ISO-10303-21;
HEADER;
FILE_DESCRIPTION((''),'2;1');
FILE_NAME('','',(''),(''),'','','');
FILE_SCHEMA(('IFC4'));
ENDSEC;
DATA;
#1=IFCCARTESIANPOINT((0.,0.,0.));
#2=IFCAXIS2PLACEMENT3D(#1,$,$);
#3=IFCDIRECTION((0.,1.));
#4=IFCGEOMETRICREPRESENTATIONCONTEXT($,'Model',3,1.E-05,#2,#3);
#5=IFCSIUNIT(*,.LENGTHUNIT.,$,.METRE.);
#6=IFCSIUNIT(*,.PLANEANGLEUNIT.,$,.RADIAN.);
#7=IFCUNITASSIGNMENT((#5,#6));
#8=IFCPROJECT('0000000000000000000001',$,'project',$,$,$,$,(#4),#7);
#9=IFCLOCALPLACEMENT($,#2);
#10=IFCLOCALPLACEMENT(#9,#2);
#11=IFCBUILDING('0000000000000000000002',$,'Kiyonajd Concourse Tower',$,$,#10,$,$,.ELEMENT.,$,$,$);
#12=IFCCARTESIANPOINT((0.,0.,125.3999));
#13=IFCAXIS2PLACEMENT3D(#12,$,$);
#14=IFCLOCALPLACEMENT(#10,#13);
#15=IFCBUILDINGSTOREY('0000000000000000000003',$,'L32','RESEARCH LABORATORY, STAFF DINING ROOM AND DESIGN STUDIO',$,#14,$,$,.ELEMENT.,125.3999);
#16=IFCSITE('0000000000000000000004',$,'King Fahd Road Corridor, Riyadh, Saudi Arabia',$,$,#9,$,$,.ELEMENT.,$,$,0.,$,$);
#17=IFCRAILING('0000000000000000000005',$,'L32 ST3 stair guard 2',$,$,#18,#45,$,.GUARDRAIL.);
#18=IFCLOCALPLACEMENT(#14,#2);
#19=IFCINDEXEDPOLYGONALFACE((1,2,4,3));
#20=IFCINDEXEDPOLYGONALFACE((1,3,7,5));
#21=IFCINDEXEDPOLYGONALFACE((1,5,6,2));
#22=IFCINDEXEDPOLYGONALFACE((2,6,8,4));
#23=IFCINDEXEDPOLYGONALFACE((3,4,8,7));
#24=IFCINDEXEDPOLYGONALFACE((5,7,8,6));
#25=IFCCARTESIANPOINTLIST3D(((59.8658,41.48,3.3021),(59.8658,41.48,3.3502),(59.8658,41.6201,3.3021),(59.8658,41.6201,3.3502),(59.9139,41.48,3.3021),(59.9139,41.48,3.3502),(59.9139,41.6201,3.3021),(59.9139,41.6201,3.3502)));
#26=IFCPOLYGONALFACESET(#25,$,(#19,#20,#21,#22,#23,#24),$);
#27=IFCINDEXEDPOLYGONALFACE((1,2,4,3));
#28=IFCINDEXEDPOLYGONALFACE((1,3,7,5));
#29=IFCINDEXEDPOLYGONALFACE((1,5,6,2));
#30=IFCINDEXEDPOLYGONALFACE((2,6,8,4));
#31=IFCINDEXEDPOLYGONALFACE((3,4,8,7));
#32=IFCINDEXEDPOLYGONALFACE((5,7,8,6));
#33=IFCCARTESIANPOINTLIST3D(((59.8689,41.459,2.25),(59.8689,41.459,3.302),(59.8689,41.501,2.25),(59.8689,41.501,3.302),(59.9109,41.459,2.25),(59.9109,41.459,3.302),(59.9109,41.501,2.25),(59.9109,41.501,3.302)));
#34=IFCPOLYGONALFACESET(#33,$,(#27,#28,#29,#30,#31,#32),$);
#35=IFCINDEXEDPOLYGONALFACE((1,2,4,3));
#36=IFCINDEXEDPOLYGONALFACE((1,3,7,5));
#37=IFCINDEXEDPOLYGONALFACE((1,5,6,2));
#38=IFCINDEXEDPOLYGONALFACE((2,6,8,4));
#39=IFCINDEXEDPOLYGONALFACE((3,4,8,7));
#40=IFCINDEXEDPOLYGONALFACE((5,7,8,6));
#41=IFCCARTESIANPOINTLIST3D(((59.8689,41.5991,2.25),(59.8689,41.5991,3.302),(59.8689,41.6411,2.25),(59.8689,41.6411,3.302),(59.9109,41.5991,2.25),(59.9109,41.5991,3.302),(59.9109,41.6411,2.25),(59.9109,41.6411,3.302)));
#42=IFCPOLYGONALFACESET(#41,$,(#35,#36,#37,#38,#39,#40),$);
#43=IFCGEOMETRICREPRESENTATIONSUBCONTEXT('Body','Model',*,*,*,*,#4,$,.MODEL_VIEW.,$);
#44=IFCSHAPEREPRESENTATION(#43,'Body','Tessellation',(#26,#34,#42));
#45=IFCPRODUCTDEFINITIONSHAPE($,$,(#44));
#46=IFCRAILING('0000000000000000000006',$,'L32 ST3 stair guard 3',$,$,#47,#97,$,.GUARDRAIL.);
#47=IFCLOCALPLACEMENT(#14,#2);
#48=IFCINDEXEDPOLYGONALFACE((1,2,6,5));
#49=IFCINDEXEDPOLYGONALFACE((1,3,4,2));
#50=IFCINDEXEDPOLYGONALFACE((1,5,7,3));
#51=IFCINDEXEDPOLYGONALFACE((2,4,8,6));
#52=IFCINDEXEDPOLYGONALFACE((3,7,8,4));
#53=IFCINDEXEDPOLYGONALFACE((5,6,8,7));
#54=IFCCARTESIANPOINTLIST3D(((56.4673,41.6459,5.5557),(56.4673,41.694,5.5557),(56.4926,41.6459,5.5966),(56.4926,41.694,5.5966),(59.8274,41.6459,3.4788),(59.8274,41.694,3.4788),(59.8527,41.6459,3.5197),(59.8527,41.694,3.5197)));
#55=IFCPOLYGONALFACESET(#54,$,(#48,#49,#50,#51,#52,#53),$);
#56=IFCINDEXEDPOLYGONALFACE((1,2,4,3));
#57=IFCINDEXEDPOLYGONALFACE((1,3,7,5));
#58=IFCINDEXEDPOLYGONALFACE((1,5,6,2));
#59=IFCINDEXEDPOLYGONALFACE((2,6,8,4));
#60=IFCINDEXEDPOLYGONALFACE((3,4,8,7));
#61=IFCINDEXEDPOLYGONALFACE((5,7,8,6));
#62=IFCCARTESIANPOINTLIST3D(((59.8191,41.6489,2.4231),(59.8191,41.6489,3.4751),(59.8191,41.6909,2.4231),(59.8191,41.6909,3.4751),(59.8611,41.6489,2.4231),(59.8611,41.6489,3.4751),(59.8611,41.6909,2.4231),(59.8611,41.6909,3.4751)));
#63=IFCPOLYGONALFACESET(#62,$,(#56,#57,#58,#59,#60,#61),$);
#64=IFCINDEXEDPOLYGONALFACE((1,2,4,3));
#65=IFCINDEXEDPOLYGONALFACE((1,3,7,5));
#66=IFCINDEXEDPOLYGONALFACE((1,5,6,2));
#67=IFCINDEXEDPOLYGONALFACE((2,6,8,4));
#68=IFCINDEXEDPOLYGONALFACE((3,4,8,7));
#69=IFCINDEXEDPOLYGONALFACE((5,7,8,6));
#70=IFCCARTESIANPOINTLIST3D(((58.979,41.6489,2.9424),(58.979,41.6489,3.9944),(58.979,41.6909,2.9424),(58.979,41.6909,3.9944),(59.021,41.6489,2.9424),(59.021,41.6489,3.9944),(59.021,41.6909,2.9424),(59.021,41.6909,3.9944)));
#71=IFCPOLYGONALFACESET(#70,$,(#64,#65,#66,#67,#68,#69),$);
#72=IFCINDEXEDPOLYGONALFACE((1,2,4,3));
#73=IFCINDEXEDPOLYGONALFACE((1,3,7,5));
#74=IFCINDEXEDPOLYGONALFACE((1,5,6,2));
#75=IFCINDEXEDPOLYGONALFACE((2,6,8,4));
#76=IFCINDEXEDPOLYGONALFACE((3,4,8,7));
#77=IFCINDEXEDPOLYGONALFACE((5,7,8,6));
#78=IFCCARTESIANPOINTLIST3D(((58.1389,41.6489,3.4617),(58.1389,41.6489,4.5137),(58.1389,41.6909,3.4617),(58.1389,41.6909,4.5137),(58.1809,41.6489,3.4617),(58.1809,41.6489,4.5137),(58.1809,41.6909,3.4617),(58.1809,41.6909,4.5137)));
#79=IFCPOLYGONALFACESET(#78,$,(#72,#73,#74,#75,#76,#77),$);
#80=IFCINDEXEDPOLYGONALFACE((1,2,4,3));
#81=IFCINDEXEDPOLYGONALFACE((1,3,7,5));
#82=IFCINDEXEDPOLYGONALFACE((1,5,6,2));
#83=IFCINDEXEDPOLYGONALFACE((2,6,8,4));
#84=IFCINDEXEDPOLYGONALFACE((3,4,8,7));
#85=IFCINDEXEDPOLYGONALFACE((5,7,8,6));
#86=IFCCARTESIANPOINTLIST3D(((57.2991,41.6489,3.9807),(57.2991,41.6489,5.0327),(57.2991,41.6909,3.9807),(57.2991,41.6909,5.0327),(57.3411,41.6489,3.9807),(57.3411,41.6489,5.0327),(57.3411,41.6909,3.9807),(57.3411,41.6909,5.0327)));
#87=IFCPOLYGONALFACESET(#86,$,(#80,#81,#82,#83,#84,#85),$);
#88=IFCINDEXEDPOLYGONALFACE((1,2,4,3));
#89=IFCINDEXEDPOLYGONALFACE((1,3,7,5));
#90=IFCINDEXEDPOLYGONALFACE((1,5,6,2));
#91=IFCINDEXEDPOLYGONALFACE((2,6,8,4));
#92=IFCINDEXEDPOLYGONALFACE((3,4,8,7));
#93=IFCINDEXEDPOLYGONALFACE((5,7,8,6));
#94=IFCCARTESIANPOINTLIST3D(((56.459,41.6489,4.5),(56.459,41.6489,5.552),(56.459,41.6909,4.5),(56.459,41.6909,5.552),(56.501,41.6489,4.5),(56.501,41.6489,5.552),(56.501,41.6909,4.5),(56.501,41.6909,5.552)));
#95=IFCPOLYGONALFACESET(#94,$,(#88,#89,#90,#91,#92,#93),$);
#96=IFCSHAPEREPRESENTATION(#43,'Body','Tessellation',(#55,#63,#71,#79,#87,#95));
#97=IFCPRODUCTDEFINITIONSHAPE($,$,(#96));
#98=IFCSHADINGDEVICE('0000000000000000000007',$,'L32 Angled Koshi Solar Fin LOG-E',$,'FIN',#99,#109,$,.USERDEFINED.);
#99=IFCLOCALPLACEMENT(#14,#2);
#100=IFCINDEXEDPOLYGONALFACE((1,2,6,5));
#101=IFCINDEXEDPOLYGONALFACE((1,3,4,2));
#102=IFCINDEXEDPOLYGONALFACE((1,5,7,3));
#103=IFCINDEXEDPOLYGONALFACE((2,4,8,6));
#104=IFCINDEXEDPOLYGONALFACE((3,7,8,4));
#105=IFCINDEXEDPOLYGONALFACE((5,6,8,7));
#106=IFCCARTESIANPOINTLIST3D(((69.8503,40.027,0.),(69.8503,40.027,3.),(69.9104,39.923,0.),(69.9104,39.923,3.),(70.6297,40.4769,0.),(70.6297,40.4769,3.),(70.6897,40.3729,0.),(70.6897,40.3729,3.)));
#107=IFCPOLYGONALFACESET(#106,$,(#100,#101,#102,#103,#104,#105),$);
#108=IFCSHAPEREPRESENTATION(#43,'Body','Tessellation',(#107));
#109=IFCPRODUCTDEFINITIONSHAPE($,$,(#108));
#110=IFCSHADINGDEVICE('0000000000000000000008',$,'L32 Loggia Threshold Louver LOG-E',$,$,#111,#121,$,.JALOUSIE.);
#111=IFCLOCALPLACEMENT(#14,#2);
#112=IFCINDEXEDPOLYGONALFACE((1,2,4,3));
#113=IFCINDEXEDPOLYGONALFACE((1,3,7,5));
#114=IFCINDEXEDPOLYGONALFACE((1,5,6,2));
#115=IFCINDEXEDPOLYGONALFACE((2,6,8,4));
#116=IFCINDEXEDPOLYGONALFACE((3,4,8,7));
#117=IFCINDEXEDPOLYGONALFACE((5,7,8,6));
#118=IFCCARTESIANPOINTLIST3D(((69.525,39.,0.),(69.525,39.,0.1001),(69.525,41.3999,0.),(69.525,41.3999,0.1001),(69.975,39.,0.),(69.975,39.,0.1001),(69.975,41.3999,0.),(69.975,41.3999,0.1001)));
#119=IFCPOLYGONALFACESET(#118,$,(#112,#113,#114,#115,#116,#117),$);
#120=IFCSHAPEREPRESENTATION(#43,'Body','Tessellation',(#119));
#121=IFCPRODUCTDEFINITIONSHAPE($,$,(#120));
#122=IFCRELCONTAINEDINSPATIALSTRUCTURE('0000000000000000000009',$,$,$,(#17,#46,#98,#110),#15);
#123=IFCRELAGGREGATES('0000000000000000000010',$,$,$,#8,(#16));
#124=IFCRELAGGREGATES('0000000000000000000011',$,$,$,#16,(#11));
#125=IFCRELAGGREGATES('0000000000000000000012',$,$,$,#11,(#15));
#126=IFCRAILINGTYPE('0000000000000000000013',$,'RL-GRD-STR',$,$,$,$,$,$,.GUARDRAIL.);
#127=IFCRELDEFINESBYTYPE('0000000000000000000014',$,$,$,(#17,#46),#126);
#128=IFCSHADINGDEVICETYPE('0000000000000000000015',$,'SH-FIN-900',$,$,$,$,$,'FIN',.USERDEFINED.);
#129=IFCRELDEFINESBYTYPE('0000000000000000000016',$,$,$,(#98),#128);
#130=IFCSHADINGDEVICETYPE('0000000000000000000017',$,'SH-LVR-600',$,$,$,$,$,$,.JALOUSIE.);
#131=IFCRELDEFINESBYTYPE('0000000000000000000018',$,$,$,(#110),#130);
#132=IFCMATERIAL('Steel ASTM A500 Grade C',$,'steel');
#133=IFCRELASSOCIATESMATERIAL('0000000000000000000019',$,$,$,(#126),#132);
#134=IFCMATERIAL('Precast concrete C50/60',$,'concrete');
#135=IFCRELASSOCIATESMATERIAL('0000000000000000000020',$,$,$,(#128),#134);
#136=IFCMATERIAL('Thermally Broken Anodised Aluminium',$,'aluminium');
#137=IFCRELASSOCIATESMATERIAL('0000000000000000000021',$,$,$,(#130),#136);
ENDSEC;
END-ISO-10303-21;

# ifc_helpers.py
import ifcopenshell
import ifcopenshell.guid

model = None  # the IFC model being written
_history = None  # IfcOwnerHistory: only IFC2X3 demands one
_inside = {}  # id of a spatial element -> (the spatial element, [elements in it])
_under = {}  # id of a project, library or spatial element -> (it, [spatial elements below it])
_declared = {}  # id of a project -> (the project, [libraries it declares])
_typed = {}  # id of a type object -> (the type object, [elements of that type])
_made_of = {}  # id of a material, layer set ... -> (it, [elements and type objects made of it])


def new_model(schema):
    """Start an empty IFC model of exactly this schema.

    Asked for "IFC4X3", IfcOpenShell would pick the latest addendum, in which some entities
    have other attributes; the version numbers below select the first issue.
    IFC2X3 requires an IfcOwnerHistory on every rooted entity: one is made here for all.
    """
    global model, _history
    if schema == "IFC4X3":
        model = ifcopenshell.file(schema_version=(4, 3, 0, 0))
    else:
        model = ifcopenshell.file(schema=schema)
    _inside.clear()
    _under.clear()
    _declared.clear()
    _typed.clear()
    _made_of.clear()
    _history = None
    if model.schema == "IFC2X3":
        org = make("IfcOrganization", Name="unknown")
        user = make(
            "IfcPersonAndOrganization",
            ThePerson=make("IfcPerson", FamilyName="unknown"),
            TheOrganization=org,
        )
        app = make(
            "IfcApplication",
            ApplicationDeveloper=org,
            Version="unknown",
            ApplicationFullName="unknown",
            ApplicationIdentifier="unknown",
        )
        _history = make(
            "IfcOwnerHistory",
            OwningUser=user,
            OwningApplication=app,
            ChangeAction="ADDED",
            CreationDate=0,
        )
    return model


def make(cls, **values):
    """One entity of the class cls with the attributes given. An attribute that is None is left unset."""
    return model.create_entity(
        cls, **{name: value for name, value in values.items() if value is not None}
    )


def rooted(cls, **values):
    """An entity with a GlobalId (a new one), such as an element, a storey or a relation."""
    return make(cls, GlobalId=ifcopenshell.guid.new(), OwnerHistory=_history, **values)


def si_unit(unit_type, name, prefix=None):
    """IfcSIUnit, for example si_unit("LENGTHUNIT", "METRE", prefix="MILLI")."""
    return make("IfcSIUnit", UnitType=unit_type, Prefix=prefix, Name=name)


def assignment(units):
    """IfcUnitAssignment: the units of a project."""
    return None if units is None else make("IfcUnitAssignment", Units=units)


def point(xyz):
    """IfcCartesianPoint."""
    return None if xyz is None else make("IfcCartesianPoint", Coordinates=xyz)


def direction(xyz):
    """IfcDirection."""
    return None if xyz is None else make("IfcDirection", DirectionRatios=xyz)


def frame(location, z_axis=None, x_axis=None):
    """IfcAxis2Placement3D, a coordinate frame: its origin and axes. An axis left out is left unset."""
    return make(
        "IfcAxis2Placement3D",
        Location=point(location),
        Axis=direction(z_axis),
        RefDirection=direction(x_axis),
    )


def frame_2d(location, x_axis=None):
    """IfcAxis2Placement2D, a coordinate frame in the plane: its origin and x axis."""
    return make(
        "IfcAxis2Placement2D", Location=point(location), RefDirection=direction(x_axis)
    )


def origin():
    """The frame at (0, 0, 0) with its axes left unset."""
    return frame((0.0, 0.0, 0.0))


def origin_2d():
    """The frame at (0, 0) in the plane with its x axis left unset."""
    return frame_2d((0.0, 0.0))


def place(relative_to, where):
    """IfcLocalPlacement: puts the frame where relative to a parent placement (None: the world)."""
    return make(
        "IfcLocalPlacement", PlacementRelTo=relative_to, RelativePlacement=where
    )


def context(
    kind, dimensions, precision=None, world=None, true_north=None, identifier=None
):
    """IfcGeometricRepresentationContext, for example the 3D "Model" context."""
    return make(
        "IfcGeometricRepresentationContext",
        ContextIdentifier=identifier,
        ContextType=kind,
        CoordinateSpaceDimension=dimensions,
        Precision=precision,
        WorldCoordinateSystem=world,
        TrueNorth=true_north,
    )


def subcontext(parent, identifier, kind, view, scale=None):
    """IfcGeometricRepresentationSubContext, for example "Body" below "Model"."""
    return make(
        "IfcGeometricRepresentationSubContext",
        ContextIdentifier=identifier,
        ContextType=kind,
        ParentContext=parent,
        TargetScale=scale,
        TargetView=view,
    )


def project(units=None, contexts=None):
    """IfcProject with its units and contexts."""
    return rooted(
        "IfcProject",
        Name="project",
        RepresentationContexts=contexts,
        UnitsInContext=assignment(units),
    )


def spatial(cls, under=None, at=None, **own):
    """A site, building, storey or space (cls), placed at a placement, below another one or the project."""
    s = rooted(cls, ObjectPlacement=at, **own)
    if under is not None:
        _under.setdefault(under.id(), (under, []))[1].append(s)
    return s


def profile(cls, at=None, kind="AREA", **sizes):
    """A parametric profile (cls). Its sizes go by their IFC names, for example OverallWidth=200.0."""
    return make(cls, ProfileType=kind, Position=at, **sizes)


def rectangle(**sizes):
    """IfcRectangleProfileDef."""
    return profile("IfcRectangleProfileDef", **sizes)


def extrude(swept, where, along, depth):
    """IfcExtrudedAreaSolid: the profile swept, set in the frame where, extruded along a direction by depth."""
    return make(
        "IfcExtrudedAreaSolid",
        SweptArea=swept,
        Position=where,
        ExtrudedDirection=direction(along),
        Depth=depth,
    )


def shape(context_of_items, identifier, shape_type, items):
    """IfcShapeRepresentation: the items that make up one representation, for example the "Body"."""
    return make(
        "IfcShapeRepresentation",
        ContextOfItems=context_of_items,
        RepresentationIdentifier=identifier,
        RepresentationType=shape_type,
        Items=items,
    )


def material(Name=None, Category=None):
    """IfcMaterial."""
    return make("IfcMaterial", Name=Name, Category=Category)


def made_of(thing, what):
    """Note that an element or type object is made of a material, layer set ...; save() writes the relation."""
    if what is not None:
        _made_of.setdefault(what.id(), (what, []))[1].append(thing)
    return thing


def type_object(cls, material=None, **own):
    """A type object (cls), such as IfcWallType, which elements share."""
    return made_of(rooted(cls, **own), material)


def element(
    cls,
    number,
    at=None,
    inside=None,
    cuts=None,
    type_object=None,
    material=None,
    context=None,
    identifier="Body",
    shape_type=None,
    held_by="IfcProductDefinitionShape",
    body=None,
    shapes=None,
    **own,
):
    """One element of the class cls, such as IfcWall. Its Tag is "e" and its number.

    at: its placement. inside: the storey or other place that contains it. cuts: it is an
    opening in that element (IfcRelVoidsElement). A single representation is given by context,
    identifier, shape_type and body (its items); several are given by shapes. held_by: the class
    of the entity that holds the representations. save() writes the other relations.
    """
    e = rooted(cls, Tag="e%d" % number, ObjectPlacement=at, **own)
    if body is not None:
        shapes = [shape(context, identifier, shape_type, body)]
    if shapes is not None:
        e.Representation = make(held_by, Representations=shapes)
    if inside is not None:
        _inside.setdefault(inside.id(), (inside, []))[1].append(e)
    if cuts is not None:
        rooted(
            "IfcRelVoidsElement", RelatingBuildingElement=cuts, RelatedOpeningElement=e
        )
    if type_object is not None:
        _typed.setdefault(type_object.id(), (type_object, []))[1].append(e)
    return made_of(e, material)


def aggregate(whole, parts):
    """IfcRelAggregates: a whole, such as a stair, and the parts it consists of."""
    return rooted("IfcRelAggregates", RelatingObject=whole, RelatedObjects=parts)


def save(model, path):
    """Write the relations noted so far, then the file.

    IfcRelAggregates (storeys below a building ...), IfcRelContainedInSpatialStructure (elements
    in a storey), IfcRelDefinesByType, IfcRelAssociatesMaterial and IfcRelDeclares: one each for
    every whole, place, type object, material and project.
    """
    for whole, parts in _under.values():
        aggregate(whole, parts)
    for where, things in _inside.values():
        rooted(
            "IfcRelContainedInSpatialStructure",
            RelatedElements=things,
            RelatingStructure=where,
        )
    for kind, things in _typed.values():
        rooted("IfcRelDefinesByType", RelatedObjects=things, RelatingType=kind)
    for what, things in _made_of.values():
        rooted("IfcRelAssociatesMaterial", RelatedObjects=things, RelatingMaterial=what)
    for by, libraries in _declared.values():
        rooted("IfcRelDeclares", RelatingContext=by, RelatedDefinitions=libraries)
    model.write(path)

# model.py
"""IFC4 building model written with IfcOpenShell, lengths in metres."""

from ifc_helpers import new_model, si_unit, direction, frame, origin, origin_2d, place, context, subcontext, project, spatial, rectangle, extrude, material, type_object, element, save


model = new_model("IFC4")

# Units and contexts
model_context = context("Model", 3, precision=1e-05, world=origin(), true_north=direction((0.0, 1.0)))
body_context = subcontext(model_context, "Body", "Model", "MODEL_VIEW")
ifc_project = project(units=[si_unit("LENGTHUNIT", "METRE"), si_unit("PLANEANGLEUNIT", "RADIAN")], contexts=[model_context])

# Site, building, storey
site_placement = place(None, origin())
site = spatial("IfcSite", under=ifc_project, at=site_placement, Name="King Fahd Road Corridor, Riyadh, Saudi Arabia", CompositionType="ELEMENT", RefElevation=0.0)
building_placement = place(site_placement, origin())
building = spatial("IfcBuilding", under=site, at=building_placement, Name="Kiyonajd Concourse Tower", CompositionType="ELEMENT")
storey_placement = place(building_placement, frame((0.0, 0.0, 125.3999)))
storey = spatial("IfcBuildingStorey", under=building, at=storey_placement, Name="L32", Description="RESEARCH LABORATORY, STAFF DINING ROOM AND DESIGN STUDIO", CompositionType="ELEMENT", Elevation=125.3999)

# Shared definitions
ifc_material_1 = material(Name="Precast concrete C50/60", Category="concrete")

# Shared definitions
ifc_material_2 = material(Name="Thermally Broken Anodised Aluminium", Category="aluminium")

# Railings
ifc_material_3 = material(Name="Steel ASTM A500 Grade C", Category="steel")
railing_type_1 = type_object("IfcRailingType", Name="RL-GRD-STR", PredefinedType="GUARDRAIL", material=ifc_material_3)
railing_1_placement = place(storey_placement, frame((59.8899, 41.48, 2.25)))
element("IfcRailing", 1, at=railing_1_placement, inside=storey, type_object=railing_type_1, Name="L32 ST3 stair guard 2", PredefinedType="GUARDRAIL", context=body_context, shape_type="SweptSolid", body=[
    extrude(rectangle(XDim=0.0481, YDim=0.0481, at=origin_2d()), frame((0.0, 0.0, 1.0762), z_axis=(0.0, 1.0, 0.0), x_axis=(-1.0, 0.0, 0.0)), (0.0, 0.0, 1.0), 0.1401),
    extrude(rectangle(XDim=0.042, YDim=0.042, at=origin_2d()), origin(), (0.0, 0.0, 1.0), 1.052),
    extrude(rectangle(XDim=0.042, YDim=0.042, at=origin_2d()), frame((0.0, 0.1401, 0.0)), (0.0, 0.0, 1.0), 1.052),
])
railing_2_placement = place(storey_placement, frame((59.8401, 41.6699, 2.4231)))
element("IfcRailing", 2, at=railing_2_placement, inside=storey, type_object=railing_type_1, Name="L32 ST3 stair guard 3", PredefinedType="GUARDRAIL", context=body_context, shape_type="SweptSolid", body=[
    extrude(rectangle(XDim=0.0481, YDim=0.0481, at=origin_2d()), frame((0.0, 0.0, 1.0762), z_axis=(-0.850623, 0.0, 0.525776), x_axis=(0.0, -1.0, 0.0)), (0.0, 0.0, 1.0), 3.9502),
    extrude(rectangle(XDim=0.042, YDim=0.042, at=origin_2d()), origin(), (0.0, 0.0, 1.0), 1.052),
    extrude(rectangle(XDim=0.042, YDim=0.042, at=origin_2d()), frame((-0.8401, 0.0, 0.5193)), (0.0, 0.0, 1.0), 1.052),
    extrude(rectangle(XDim=0.042, YDim=0.042, at=origin_2d()), frame((-1.6802, 0.0, 1.0386)), (0.0, 0.0, 1.0), 1.052),
    extrude(rectangle(XDim=0.042, YDim=0.042, at=origin_2d()), frame((-2.52, 0.0, 1.5576)), (0.0, 0.0, 1.0), 1.052),
    extrude(rectangle(XDim=0.042, YDim=0.042, at=origin_2d()), frame((-3.3601, 0.0, 2.0769)), (0.0, 0.0, 1.0), 1.052),
])

# Shading devices
shading_device_type_1 = type_object("IfcShadingDeviceType", Name="SH-FIN-900", ElementType="FIN", PredefinedType="USERDEFINED", material=ifc_material_1)
shading_device_1_placement = place(storey_placement, frame((70.27, 40.2, 0.0), z_axis=(0.0, 0.0, 1.0), x_axis=(0.866025, 0.5, 0.0)))
element("IfcShadingDevice", 3, at=shading_device_1_placement, inside=storey, type_object=shading_device_type_1, Name="L32 Angled Koshi Solar Fin LOG-E", ObjectType="FIN", PredefinedType="USERDEFINED", context=body_context, shape_type="SweptSolid", body=[
    extrude(rectangle(XDim=0.8999, YDim=0.1201, at=origin_2d()), origin(), (0.0, 0.0, 1.0), 3.0),
])
shading_device_type_2 = type_object("IfcShadingDeviceType", Name="SH-LVR-600", PredefinedType="JALOUSIE", material=ifc_material_2)
shading_device_2_placement = place(storey_placement, frame((69.75, 40.2, 0.0), z_axis=(0.0, 0.0, 1.0), x_axis=(0.0, 1.0, 0.0)))
element("IfcShadingDevice", 4, at=shading_device_2_placement, inside=storey, type_object=shading_device_type_2, Name="L32 Loggia Threshold Louver LOG-E", PredefinedType="JALOUSIE", context=body_context, shape_type="SweptSolid", body=[
    extrude(rectangle(XDim=2.3999, YDim=0.45, at=origin_2d()), origin(), (0.0, 0.0, 1.0), 0.1001),
])

save(model, "model.ifc")
